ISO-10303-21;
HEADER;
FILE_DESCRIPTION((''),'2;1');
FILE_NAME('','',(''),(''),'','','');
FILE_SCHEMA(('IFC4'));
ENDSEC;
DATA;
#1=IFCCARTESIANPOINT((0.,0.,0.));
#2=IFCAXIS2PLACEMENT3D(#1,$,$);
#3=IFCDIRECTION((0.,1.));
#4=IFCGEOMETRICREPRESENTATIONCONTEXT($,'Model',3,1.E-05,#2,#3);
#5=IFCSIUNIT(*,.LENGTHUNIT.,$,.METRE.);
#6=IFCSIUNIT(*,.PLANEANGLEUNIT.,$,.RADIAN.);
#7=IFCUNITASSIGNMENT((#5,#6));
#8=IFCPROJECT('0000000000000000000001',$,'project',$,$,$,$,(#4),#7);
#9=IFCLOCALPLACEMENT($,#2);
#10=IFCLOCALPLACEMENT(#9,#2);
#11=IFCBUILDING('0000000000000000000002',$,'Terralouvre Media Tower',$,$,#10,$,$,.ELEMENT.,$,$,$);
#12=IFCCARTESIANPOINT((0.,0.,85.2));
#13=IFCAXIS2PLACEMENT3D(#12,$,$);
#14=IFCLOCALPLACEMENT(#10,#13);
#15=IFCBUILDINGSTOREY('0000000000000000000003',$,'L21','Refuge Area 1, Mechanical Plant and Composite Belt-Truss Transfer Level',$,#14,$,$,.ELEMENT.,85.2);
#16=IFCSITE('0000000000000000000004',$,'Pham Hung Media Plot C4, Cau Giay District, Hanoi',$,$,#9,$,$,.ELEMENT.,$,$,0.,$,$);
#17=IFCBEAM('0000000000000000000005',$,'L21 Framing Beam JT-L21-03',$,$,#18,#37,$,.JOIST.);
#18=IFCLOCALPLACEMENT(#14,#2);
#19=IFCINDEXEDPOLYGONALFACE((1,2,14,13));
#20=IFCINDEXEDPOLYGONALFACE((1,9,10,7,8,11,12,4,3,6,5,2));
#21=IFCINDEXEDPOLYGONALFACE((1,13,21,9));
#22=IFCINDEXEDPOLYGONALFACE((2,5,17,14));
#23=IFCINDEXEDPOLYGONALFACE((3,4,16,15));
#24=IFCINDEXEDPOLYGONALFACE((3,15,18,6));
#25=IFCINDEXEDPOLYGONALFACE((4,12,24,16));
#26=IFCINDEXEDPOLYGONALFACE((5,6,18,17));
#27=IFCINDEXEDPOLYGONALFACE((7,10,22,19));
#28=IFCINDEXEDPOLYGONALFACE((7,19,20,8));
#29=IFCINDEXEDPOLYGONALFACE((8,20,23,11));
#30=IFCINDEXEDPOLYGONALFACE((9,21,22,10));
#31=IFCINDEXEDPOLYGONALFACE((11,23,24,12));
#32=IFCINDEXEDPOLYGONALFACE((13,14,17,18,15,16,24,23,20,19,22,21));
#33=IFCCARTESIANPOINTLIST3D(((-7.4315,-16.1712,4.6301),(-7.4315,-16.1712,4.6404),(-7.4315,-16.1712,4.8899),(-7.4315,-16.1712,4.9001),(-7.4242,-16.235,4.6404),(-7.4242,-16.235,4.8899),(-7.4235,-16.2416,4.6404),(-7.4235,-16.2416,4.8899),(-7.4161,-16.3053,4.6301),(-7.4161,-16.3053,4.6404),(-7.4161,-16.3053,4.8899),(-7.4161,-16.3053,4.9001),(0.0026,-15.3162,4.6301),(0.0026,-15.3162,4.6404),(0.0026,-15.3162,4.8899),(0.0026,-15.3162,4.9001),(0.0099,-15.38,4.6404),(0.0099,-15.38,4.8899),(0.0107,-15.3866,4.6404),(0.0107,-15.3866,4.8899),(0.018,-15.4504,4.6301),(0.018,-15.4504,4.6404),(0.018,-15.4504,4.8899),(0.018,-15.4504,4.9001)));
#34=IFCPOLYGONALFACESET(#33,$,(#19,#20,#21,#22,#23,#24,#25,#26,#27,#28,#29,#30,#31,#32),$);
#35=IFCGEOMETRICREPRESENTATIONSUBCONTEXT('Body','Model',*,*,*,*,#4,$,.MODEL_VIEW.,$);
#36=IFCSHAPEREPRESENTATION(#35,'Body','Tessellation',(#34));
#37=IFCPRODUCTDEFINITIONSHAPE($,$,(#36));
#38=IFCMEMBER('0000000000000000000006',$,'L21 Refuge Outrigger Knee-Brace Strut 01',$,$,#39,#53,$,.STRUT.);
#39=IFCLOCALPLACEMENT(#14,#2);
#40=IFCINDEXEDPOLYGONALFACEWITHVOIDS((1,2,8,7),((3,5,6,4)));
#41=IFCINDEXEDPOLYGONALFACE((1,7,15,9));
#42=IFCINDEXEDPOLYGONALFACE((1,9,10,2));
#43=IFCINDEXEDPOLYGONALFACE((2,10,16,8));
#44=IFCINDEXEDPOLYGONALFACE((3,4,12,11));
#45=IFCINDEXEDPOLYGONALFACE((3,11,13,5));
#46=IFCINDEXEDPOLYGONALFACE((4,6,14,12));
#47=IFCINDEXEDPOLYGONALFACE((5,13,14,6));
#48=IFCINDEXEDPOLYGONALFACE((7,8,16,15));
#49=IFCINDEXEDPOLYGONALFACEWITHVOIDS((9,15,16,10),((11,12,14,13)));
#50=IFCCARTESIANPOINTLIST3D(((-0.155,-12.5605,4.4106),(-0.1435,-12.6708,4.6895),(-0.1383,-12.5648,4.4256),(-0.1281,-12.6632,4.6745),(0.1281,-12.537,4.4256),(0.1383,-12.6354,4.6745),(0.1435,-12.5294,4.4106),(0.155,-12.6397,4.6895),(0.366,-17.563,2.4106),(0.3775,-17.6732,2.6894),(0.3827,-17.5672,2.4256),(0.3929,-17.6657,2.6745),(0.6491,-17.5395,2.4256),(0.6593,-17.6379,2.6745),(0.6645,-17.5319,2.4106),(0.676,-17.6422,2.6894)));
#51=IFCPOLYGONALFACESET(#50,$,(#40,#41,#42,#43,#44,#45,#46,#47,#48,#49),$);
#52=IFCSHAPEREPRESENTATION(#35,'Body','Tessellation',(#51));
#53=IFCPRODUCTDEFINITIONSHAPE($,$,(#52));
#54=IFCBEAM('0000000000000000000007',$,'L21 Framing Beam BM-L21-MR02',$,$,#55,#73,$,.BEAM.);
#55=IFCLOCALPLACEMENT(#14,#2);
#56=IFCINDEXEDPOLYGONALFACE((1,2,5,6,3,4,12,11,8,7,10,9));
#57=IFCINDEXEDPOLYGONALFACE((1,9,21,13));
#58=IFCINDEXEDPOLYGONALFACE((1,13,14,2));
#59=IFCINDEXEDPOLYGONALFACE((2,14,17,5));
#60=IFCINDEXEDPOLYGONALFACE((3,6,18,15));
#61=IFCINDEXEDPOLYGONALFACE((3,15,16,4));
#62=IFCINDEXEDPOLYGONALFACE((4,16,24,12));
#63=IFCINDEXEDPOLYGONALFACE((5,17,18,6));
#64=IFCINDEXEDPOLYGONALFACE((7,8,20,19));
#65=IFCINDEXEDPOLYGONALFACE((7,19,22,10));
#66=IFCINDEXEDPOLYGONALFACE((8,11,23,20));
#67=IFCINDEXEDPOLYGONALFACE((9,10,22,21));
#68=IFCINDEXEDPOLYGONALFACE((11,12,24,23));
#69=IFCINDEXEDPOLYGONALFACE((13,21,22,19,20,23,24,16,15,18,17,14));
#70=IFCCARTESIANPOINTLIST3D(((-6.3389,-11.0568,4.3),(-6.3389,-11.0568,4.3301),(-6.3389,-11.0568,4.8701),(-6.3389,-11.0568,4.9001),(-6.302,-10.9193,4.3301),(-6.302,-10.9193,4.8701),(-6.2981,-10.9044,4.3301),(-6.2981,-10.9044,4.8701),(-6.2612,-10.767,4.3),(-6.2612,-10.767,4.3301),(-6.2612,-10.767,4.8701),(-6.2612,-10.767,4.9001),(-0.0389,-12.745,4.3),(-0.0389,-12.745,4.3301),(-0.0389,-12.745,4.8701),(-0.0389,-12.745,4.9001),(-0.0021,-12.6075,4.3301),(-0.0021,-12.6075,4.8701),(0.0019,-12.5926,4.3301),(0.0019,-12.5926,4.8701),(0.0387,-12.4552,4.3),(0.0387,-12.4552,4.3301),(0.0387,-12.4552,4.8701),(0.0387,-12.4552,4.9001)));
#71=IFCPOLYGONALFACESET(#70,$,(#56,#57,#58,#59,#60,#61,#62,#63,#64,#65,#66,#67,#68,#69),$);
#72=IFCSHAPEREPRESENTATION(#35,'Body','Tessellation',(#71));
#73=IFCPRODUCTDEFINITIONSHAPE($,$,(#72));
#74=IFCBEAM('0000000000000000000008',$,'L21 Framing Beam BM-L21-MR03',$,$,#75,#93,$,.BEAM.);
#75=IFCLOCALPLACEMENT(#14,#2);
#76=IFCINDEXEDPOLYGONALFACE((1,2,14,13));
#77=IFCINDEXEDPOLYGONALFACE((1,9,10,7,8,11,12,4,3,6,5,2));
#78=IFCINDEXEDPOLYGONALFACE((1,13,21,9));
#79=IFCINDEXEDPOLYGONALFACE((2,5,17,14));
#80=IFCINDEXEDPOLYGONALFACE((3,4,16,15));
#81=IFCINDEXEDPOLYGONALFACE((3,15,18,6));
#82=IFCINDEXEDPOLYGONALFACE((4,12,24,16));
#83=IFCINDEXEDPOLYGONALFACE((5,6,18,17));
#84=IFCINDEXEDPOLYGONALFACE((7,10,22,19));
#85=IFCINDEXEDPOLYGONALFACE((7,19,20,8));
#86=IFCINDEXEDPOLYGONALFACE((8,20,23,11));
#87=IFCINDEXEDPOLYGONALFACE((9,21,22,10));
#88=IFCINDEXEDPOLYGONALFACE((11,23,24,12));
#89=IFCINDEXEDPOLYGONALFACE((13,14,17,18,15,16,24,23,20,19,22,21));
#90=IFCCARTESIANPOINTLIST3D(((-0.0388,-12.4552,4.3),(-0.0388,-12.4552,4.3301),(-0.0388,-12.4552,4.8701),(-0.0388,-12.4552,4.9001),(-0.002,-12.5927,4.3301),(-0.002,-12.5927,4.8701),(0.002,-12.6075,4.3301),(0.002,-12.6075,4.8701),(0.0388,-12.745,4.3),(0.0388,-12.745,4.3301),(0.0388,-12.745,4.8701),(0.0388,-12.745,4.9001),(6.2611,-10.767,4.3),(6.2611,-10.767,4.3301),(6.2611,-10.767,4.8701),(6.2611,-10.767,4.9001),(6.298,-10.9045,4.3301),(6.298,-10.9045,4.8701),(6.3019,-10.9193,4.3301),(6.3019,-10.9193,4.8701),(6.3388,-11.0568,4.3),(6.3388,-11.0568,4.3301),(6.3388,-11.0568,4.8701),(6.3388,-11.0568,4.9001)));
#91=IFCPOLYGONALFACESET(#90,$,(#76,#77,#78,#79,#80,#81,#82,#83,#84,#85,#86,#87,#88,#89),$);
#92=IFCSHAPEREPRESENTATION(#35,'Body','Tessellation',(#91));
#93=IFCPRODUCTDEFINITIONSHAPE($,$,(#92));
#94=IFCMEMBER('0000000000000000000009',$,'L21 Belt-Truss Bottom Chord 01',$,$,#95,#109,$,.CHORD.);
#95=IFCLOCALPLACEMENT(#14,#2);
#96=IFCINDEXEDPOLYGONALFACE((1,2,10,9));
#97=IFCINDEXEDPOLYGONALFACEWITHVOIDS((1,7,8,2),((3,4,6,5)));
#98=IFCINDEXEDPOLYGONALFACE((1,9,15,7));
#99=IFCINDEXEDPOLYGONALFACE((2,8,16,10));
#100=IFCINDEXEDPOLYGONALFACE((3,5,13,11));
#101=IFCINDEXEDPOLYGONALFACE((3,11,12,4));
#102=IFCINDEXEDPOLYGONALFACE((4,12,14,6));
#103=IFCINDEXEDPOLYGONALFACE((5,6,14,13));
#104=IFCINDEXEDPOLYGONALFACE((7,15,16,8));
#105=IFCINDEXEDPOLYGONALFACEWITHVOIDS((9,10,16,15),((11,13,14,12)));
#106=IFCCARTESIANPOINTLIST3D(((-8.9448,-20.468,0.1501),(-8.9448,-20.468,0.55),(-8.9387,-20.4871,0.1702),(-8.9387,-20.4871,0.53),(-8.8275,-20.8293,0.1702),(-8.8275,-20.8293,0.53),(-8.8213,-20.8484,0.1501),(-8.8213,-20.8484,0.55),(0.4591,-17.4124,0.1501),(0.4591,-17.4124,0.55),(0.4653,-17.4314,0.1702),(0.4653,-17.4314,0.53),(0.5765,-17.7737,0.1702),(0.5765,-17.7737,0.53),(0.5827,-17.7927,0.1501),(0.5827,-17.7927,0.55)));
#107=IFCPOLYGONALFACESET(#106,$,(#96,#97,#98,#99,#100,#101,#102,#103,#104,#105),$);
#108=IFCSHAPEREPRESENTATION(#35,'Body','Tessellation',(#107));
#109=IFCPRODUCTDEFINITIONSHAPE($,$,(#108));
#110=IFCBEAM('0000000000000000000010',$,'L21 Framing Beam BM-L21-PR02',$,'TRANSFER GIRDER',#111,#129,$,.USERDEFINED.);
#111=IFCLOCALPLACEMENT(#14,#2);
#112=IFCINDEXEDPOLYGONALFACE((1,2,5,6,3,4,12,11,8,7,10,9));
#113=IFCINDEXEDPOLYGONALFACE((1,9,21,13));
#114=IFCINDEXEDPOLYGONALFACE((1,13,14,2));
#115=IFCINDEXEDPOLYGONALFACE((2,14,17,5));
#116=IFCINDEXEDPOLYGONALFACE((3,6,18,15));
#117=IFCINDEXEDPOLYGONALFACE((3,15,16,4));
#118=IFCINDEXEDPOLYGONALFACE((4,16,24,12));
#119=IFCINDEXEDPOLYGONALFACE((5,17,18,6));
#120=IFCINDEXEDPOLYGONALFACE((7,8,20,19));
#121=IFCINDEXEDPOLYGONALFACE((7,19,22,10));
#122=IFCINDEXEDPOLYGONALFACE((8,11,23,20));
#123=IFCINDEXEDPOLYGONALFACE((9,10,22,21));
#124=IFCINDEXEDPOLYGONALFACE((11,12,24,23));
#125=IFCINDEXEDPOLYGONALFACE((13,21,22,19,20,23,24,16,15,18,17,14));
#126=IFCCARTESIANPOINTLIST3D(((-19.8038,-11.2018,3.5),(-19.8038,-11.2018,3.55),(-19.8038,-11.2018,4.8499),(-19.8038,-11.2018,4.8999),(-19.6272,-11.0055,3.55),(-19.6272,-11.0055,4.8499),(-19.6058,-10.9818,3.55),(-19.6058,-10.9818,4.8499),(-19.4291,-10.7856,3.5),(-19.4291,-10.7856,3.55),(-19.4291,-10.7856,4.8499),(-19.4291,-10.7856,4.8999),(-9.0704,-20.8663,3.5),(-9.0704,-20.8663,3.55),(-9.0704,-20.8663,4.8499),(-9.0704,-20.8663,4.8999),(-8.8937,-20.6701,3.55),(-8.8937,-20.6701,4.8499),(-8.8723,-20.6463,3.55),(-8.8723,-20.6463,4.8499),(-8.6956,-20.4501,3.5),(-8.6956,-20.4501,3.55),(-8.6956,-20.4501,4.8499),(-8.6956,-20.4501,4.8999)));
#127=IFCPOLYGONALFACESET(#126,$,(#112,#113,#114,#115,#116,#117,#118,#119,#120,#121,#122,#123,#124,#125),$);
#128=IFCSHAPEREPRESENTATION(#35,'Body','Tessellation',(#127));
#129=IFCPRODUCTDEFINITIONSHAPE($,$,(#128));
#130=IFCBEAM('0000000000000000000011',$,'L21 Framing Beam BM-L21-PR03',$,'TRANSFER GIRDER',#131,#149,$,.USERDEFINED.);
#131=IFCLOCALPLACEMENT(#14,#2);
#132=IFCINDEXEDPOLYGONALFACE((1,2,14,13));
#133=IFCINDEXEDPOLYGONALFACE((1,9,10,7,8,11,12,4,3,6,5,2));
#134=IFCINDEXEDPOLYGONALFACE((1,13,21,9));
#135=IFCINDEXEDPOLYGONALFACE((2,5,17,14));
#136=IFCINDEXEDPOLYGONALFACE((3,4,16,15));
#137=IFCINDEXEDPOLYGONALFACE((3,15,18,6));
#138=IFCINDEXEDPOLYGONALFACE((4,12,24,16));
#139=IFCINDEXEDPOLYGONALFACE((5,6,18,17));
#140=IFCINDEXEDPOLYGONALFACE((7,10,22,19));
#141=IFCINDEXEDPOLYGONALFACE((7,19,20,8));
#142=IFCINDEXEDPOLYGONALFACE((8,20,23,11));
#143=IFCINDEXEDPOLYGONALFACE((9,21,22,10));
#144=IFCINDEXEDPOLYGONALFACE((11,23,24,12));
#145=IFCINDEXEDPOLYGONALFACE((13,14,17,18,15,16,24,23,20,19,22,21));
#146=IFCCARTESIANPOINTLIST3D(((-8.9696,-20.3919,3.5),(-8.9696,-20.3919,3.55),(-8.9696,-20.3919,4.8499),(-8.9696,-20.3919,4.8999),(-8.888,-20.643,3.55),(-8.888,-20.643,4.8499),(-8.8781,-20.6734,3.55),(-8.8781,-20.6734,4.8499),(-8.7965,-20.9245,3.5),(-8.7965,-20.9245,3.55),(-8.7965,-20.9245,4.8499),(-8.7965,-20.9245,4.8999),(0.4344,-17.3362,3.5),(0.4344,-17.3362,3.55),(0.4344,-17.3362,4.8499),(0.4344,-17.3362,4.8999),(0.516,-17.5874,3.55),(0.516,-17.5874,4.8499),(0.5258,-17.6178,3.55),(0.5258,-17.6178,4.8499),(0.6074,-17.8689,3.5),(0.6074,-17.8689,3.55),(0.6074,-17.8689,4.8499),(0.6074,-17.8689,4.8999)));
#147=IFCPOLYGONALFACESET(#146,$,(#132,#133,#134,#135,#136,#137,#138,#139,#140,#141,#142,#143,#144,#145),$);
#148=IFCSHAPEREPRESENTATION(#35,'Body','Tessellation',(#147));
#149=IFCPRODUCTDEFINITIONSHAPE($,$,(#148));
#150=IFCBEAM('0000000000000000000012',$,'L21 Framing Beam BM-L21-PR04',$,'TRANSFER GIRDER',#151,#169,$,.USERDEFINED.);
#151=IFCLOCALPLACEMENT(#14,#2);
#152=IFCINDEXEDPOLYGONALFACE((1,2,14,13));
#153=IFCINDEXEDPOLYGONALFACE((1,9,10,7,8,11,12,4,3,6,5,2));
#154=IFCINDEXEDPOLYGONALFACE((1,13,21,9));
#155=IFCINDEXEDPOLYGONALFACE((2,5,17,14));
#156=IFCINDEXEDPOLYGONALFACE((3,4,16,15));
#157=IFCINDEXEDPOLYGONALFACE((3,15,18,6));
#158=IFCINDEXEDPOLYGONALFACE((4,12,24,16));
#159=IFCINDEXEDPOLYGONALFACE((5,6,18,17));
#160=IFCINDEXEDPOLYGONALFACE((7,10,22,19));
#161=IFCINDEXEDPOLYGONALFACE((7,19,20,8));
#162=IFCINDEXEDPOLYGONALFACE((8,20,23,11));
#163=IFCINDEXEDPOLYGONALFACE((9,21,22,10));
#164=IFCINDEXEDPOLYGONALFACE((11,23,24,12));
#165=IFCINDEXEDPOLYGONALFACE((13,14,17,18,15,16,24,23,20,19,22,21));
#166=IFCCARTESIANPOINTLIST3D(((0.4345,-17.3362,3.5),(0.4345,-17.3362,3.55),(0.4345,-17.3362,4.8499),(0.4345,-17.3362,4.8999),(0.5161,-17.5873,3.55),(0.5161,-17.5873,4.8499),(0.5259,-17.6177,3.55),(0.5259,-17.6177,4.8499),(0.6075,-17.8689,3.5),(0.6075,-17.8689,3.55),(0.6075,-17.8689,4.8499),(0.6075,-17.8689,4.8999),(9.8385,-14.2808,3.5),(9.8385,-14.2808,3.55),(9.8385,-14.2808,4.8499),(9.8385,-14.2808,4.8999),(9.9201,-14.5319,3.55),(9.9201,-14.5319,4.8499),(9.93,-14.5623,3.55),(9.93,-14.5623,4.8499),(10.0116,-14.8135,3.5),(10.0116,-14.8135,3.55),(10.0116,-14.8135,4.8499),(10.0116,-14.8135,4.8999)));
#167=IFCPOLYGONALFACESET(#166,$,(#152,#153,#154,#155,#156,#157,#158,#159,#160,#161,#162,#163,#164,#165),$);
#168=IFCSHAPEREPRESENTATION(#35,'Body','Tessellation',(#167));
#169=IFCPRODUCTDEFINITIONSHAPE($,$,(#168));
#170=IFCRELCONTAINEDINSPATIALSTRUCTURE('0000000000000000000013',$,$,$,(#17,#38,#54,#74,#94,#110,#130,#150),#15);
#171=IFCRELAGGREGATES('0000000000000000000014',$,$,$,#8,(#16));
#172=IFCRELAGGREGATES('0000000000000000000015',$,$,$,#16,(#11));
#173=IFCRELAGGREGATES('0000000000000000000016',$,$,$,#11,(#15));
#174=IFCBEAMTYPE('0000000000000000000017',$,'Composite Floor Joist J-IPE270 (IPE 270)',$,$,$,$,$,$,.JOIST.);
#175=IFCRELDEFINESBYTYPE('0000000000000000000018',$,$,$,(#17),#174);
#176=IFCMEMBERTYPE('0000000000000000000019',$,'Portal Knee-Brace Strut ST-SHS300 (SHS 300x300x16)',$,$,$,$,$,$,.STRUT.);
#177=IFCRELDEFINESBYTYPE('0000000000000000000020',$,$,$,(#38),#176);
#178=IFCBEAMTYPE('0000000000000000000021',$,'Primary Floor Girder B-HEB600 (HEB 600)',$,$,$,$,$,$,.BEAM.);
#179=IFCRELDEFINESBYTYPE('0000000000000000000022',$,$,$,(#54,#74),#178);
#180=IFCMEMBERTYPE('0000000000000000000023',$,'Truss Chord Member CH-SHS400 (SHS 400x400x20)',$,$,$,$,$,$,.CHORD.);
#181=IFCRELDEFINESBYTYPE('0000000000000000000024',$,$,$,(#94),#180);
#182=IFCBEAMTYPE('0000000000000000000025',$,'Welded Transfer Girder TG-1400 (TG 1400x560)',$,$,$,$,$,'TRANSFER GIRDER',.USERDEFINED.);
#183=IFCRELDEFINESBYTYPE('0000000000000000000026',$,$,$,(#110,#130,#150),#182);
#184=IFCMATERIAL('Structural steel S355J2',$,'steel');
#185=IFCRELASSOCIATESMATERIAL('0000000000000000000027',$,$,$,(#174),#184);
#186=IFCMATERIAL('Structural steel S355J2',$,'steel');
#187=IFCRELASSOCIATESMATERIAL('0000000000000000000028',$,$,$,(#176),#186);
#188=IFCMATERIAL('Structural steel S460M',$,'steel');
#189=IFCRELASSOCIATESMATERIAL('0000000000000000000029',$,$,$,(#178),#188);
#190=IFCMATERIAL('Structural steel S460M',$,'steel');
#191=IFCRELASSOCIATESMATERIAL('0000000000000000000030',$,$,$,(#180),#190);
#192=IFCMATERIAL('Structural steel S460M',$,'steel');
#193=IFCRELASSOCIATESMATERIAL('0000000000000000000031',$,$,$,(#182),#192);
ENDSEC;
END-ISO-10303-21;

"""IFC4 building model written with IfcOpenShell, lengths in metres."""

from ifc_helpers import new_model, si_unit, direction, frame, origin, origin_2d, place, context, subcontext, project, spatial, hollow_rectangle, i_section, extrude, material, material_profile, profile_set, type_object, element, save


model = new_model("IFC4")

# Units and contexts
model_context = context("Model", 3, precision=1e-05, world=origin(), true_north=direction((0.0, 1.0)))
body_context = subcontext(model_context, "Body", "Model", "MODEL_VIEW")
ifc_project = project(units=[si_unit("LENGTHUNIT", "METRE"), si_unit("PLANEANGLEUNIT", "RADIAN")], contexts=[model_context])

# Site, building, storey
site_placement = place(None, origin())
site = spatial("IfcSite", under=ifc_project, at=site_placement, Name="Pham Hung Media Plot C4, Cau Giay District, Hanoi", CompositionType="ELEMENT", RefElevation=0.0)
building_placement = place(site_placement, origin())
building = spatial("IfcBuilding", under=site, at=building_placement, Name="Terralouvre Media Tower", CompositionType="ELEMENT")
storey_placement = place(building_placement, frame((0.0, 0.0, 85.2)))
storey = spatial("IfcBuildingStorey", under=building, at=storey_placement, Name="L21", Description="Refuge Area 1, Mechanical Plant and Composite Belt-Truss Transfer Level", CompositionType="ELEMENT", Elevation=85.2)

# Beam
ifc_material_1 = material(Name="Structural steel S355J2", Category="steel")
ifc_material_profile_1 = material_profile(ifc_material_1, i_section(OverallWidth=0.135, OverallDepth=0.27, WebThickness=0.0066, FlangeThickness=0.0103, at=origin_2d()), Name="IPE 270")
ifc_profile_set_1 = profile_set([ifc_material_profile_1], Name="Structural steel S355J2")
beam_type_1 = type_object("IfcBeamType", Name="Composite Floor Joist J-IPE270 (IPE 270)", PredefinedType="JOIST", material=ifc_profile_set_1)
beam_1_placement = place(storey_placement, frame((-7.4238, -16.2383, 4.7651), z_axis=(0.993451, 0.114255, 0.0), x_axis=(-0.114255, 0.993451, 0.0)))
element("IfcBeam", 1, at=beam_1_placement, inside=storey, type_object=beam_type_1, Name="L21 Framing Beam JT-L21-03", PredefinedType="JOIST", context=body_context, shape_type="SweptSolid", body=[
    extrude(i_section(OverallWidth=0.135, OverallDepth=0.27, WebThickness=0.0066, FlangeThickness=0.0103, at=origin_2d()), origin(), (0.0, 0.0, 1.0), 7.4832),
])

# Member
ifc_material_2 = material(Name="Structural steel S355J2", Category="steel")
ifc_material_profile_2 = material_profile(ifc_material_2, hollow_rectangle(XDim=0.3, YDim=0.3, WallThickness=0.0161, at=origin_2d()), Name="SHS 300x300x16")
ifc_profile_set_2 = profile_set([ifc_material_profile_2], Name="Structural steel S355J2")
member_type_1 = type_object("IfcMemberType", Name="Portal Knee-Brace Strut ST-SHS300 (SHS 300x300x16)", PredefinedType="STRUT", material=ifc_profile_set_2)
member_1_placement = place(storey_placement, frame((0.0, -12.6001, 4.55), z_axis=(0.096257, -0.924228, -0.369511), x_axis=(0.99462, 0.103588, 0.0)))
element("IfcMember", 2, at=member_1_placement, inside=storey, type_object=member_type_1, Name="L21 Refuge Outrigger Knee-Brace Strut 01", PredefinedType="STRUT", context=body_context, shape_type="SweptSolid", body=[
    extrude(hollow_rectangle(XDim=0.3, YDim=0.3, WallThickness=0.0161, at=origin_2d()), origin(), (0.0, 0.0, 1.0), 5.4126),
])

# Beams
ifc_material_3 = material(Name="Structural steel S460M", Category="steel")
ifc_material_profile_3 = material_profile(ifc_material_3, i_section(OverallWidth=0.3, OverallDepth=0.6001, WebThickness=0.0154, FlangeThickness=0.03, at=origin_2d()), Name="HEB 600")
ifc_profile_set_3 = profile_set([ifc_material_profile_3], Name="Structural steel S460M")
beam_type_2 = type_object("IfcBeamType", Name="Primary Floor Girder B-HEB600 (HEB 600)", PredefinedType="BEAM", material=ifc_profile_set_3)
for number, where, z_axis, x_axis, name in (
    (3, (-6.3, -10.9119, 4.6001), (0.96592, -0.258839, 0.0), (0.258839, 0.96592, 0.0), "L21 Framing Beam BM-L21-MR02"),
    (4, (0.0, -12.6001, 4.6001), (0.96592, 0.258839, 0.0), (-0.258839, 0.96592, 0.0), "L21 Framing Beam BM-L21-MR03"),
):
    element("IfcBeam", number, at=place(storey_placement, frame(where, z_axis=z_axis, x_axis=x_axis)), inside=storey, type_object=beam_type_2, Name=name, PredefinedType="BEAM", context=body_context, shape_type="SweptSolid", body=[
        extrude(i_section(OverallWidth=0.3, OverallDepth=0.6001, WebThickness=0.0154, FlangeThickness=0.03, at=origin_2d()), origin(), (0.0, 0.0, 1.0), 6.5222),
    ])

# Member
ifc_material_4 = material(Name="Structural steel S460M", Category="steel")
ifc_material_profile_4 = material_profile(ifc_material_4, hollow_rectangle(XDim=0.3999, YDim=0.3999, WallThickness=0.02, at=origin_2d()), Name="SHS 400x400x20")
ifc_profile_set_4 = profile_set([ifc_material_profile_4], Name="Structural steel S460M")
member_type_2 = type_object("IfcMemberType", Name="Truss Chord Member CH-SHS400 (SHS 400x400x20)", PredefinedType="CHORD", material=ifc_profile_set_4)
member_2_placement = place(storey_placement, frame((-8.8831, -20.6582, 0.3501), z_axis=(0.951053, 0.309026, 0.0), x_axis=(-0.309026, 0.951053, 0.0)))
element("IfcMember", 5, at=member_2_placement, inside=storey, type_object=member_type_2, Name="L21 Belt-Truss Bottom Chord 01", PredefinedType="CHORD", context=body_context, shape_type="SweptSolid", body=[
    extrude(hollow_rectangle(XDim=0.3999, YDim=0.3999, WallThickness=0.02, at=origin_2d()), origin(), (0.0, 0.0, 1.0), 9.8879),
])

# Beams
ifc_material_5 = material(Name="Structural steel S460M", Category="steel")
ifc_material_profile_5 = material_profile(ifc_material_5, i_section(OverallWidth=0.5601, OverallDepth=1.3999, WebThickness=0.032, FlangeThickness=0.05, at=origin_2d()), Name="TG 1400x560")
ifc_profile_set_5 = profile_set([ifc_material_profile_5], Name="Structural steel S460M")
beam_type_3 = type_object("IfcBeamType", Name="Welded Transfer Girder TG-1400 (TG 1400x560)", ElementType="TRANSFER GIRDER", PredefinedType="USERDEFINED", material=ifc_profile_set_5)
beam_2_placement = place(storey_placement, frame((-19.6165, -10.9937, 4.2), z_axis=(0.743139, -0.669137, 0.0), x_axis=(0.669137, 0.743139, 0.0)))
element("IfcBeam", 6, at=beam_2_placement, inside=storey, type_object=beam_type_3, Name="L21 Framing Beam BM-L21-PR02", ObjectType="TRANSFER GIRDER", PredefinedType="USERDEFINED", context=body_context, shape_type="SweptSolid", body=[
    extrude(i_section(OverallWidth=0.5601, OverallDepth=1.3999, WebThickness=0.032, FlangeThickness=0.05, at=origin_2d()), origin(), (0.0, 0.0, 1.0), 14.4434),
])
for number, where, z_axis, x_axis, name in (
    (7, (-8.8831, -20.6582, 4.2), (0.951053, 0.309026, 0.0), (-0.309026, 0.951053, 0.0), "L21 Framing Beam BM-L21-PR03"),
    (8, (0.521, -17.6025, 4.2), (0.951061, 0.309004, 0.0), (-0.309004, 0.951061, 0.0), "L21 Framing Beam BM-L21-PR04"),
):
    element("IfcBeam", number, at=place(storey_placement, frame(where, z_axis=z_axis, x_axis=x_axis)), inside=storey, type_object=beam_type_3, Name=name, ObjectType="TRANSFER GIRDER", PredefinedType="USERDEFINED", context=body_context, shape_type="SweptSolid", body=[
        extrude(i_section(OverallWidth=0.5601, OverallDepth=1.3999, WebThickness=0.032, FlangeThickness=0.05, at=origin_2d()), origin(), (0.0, 0.0, 1.0), 9.8879),
    ])

save(model, "model.ifc")
